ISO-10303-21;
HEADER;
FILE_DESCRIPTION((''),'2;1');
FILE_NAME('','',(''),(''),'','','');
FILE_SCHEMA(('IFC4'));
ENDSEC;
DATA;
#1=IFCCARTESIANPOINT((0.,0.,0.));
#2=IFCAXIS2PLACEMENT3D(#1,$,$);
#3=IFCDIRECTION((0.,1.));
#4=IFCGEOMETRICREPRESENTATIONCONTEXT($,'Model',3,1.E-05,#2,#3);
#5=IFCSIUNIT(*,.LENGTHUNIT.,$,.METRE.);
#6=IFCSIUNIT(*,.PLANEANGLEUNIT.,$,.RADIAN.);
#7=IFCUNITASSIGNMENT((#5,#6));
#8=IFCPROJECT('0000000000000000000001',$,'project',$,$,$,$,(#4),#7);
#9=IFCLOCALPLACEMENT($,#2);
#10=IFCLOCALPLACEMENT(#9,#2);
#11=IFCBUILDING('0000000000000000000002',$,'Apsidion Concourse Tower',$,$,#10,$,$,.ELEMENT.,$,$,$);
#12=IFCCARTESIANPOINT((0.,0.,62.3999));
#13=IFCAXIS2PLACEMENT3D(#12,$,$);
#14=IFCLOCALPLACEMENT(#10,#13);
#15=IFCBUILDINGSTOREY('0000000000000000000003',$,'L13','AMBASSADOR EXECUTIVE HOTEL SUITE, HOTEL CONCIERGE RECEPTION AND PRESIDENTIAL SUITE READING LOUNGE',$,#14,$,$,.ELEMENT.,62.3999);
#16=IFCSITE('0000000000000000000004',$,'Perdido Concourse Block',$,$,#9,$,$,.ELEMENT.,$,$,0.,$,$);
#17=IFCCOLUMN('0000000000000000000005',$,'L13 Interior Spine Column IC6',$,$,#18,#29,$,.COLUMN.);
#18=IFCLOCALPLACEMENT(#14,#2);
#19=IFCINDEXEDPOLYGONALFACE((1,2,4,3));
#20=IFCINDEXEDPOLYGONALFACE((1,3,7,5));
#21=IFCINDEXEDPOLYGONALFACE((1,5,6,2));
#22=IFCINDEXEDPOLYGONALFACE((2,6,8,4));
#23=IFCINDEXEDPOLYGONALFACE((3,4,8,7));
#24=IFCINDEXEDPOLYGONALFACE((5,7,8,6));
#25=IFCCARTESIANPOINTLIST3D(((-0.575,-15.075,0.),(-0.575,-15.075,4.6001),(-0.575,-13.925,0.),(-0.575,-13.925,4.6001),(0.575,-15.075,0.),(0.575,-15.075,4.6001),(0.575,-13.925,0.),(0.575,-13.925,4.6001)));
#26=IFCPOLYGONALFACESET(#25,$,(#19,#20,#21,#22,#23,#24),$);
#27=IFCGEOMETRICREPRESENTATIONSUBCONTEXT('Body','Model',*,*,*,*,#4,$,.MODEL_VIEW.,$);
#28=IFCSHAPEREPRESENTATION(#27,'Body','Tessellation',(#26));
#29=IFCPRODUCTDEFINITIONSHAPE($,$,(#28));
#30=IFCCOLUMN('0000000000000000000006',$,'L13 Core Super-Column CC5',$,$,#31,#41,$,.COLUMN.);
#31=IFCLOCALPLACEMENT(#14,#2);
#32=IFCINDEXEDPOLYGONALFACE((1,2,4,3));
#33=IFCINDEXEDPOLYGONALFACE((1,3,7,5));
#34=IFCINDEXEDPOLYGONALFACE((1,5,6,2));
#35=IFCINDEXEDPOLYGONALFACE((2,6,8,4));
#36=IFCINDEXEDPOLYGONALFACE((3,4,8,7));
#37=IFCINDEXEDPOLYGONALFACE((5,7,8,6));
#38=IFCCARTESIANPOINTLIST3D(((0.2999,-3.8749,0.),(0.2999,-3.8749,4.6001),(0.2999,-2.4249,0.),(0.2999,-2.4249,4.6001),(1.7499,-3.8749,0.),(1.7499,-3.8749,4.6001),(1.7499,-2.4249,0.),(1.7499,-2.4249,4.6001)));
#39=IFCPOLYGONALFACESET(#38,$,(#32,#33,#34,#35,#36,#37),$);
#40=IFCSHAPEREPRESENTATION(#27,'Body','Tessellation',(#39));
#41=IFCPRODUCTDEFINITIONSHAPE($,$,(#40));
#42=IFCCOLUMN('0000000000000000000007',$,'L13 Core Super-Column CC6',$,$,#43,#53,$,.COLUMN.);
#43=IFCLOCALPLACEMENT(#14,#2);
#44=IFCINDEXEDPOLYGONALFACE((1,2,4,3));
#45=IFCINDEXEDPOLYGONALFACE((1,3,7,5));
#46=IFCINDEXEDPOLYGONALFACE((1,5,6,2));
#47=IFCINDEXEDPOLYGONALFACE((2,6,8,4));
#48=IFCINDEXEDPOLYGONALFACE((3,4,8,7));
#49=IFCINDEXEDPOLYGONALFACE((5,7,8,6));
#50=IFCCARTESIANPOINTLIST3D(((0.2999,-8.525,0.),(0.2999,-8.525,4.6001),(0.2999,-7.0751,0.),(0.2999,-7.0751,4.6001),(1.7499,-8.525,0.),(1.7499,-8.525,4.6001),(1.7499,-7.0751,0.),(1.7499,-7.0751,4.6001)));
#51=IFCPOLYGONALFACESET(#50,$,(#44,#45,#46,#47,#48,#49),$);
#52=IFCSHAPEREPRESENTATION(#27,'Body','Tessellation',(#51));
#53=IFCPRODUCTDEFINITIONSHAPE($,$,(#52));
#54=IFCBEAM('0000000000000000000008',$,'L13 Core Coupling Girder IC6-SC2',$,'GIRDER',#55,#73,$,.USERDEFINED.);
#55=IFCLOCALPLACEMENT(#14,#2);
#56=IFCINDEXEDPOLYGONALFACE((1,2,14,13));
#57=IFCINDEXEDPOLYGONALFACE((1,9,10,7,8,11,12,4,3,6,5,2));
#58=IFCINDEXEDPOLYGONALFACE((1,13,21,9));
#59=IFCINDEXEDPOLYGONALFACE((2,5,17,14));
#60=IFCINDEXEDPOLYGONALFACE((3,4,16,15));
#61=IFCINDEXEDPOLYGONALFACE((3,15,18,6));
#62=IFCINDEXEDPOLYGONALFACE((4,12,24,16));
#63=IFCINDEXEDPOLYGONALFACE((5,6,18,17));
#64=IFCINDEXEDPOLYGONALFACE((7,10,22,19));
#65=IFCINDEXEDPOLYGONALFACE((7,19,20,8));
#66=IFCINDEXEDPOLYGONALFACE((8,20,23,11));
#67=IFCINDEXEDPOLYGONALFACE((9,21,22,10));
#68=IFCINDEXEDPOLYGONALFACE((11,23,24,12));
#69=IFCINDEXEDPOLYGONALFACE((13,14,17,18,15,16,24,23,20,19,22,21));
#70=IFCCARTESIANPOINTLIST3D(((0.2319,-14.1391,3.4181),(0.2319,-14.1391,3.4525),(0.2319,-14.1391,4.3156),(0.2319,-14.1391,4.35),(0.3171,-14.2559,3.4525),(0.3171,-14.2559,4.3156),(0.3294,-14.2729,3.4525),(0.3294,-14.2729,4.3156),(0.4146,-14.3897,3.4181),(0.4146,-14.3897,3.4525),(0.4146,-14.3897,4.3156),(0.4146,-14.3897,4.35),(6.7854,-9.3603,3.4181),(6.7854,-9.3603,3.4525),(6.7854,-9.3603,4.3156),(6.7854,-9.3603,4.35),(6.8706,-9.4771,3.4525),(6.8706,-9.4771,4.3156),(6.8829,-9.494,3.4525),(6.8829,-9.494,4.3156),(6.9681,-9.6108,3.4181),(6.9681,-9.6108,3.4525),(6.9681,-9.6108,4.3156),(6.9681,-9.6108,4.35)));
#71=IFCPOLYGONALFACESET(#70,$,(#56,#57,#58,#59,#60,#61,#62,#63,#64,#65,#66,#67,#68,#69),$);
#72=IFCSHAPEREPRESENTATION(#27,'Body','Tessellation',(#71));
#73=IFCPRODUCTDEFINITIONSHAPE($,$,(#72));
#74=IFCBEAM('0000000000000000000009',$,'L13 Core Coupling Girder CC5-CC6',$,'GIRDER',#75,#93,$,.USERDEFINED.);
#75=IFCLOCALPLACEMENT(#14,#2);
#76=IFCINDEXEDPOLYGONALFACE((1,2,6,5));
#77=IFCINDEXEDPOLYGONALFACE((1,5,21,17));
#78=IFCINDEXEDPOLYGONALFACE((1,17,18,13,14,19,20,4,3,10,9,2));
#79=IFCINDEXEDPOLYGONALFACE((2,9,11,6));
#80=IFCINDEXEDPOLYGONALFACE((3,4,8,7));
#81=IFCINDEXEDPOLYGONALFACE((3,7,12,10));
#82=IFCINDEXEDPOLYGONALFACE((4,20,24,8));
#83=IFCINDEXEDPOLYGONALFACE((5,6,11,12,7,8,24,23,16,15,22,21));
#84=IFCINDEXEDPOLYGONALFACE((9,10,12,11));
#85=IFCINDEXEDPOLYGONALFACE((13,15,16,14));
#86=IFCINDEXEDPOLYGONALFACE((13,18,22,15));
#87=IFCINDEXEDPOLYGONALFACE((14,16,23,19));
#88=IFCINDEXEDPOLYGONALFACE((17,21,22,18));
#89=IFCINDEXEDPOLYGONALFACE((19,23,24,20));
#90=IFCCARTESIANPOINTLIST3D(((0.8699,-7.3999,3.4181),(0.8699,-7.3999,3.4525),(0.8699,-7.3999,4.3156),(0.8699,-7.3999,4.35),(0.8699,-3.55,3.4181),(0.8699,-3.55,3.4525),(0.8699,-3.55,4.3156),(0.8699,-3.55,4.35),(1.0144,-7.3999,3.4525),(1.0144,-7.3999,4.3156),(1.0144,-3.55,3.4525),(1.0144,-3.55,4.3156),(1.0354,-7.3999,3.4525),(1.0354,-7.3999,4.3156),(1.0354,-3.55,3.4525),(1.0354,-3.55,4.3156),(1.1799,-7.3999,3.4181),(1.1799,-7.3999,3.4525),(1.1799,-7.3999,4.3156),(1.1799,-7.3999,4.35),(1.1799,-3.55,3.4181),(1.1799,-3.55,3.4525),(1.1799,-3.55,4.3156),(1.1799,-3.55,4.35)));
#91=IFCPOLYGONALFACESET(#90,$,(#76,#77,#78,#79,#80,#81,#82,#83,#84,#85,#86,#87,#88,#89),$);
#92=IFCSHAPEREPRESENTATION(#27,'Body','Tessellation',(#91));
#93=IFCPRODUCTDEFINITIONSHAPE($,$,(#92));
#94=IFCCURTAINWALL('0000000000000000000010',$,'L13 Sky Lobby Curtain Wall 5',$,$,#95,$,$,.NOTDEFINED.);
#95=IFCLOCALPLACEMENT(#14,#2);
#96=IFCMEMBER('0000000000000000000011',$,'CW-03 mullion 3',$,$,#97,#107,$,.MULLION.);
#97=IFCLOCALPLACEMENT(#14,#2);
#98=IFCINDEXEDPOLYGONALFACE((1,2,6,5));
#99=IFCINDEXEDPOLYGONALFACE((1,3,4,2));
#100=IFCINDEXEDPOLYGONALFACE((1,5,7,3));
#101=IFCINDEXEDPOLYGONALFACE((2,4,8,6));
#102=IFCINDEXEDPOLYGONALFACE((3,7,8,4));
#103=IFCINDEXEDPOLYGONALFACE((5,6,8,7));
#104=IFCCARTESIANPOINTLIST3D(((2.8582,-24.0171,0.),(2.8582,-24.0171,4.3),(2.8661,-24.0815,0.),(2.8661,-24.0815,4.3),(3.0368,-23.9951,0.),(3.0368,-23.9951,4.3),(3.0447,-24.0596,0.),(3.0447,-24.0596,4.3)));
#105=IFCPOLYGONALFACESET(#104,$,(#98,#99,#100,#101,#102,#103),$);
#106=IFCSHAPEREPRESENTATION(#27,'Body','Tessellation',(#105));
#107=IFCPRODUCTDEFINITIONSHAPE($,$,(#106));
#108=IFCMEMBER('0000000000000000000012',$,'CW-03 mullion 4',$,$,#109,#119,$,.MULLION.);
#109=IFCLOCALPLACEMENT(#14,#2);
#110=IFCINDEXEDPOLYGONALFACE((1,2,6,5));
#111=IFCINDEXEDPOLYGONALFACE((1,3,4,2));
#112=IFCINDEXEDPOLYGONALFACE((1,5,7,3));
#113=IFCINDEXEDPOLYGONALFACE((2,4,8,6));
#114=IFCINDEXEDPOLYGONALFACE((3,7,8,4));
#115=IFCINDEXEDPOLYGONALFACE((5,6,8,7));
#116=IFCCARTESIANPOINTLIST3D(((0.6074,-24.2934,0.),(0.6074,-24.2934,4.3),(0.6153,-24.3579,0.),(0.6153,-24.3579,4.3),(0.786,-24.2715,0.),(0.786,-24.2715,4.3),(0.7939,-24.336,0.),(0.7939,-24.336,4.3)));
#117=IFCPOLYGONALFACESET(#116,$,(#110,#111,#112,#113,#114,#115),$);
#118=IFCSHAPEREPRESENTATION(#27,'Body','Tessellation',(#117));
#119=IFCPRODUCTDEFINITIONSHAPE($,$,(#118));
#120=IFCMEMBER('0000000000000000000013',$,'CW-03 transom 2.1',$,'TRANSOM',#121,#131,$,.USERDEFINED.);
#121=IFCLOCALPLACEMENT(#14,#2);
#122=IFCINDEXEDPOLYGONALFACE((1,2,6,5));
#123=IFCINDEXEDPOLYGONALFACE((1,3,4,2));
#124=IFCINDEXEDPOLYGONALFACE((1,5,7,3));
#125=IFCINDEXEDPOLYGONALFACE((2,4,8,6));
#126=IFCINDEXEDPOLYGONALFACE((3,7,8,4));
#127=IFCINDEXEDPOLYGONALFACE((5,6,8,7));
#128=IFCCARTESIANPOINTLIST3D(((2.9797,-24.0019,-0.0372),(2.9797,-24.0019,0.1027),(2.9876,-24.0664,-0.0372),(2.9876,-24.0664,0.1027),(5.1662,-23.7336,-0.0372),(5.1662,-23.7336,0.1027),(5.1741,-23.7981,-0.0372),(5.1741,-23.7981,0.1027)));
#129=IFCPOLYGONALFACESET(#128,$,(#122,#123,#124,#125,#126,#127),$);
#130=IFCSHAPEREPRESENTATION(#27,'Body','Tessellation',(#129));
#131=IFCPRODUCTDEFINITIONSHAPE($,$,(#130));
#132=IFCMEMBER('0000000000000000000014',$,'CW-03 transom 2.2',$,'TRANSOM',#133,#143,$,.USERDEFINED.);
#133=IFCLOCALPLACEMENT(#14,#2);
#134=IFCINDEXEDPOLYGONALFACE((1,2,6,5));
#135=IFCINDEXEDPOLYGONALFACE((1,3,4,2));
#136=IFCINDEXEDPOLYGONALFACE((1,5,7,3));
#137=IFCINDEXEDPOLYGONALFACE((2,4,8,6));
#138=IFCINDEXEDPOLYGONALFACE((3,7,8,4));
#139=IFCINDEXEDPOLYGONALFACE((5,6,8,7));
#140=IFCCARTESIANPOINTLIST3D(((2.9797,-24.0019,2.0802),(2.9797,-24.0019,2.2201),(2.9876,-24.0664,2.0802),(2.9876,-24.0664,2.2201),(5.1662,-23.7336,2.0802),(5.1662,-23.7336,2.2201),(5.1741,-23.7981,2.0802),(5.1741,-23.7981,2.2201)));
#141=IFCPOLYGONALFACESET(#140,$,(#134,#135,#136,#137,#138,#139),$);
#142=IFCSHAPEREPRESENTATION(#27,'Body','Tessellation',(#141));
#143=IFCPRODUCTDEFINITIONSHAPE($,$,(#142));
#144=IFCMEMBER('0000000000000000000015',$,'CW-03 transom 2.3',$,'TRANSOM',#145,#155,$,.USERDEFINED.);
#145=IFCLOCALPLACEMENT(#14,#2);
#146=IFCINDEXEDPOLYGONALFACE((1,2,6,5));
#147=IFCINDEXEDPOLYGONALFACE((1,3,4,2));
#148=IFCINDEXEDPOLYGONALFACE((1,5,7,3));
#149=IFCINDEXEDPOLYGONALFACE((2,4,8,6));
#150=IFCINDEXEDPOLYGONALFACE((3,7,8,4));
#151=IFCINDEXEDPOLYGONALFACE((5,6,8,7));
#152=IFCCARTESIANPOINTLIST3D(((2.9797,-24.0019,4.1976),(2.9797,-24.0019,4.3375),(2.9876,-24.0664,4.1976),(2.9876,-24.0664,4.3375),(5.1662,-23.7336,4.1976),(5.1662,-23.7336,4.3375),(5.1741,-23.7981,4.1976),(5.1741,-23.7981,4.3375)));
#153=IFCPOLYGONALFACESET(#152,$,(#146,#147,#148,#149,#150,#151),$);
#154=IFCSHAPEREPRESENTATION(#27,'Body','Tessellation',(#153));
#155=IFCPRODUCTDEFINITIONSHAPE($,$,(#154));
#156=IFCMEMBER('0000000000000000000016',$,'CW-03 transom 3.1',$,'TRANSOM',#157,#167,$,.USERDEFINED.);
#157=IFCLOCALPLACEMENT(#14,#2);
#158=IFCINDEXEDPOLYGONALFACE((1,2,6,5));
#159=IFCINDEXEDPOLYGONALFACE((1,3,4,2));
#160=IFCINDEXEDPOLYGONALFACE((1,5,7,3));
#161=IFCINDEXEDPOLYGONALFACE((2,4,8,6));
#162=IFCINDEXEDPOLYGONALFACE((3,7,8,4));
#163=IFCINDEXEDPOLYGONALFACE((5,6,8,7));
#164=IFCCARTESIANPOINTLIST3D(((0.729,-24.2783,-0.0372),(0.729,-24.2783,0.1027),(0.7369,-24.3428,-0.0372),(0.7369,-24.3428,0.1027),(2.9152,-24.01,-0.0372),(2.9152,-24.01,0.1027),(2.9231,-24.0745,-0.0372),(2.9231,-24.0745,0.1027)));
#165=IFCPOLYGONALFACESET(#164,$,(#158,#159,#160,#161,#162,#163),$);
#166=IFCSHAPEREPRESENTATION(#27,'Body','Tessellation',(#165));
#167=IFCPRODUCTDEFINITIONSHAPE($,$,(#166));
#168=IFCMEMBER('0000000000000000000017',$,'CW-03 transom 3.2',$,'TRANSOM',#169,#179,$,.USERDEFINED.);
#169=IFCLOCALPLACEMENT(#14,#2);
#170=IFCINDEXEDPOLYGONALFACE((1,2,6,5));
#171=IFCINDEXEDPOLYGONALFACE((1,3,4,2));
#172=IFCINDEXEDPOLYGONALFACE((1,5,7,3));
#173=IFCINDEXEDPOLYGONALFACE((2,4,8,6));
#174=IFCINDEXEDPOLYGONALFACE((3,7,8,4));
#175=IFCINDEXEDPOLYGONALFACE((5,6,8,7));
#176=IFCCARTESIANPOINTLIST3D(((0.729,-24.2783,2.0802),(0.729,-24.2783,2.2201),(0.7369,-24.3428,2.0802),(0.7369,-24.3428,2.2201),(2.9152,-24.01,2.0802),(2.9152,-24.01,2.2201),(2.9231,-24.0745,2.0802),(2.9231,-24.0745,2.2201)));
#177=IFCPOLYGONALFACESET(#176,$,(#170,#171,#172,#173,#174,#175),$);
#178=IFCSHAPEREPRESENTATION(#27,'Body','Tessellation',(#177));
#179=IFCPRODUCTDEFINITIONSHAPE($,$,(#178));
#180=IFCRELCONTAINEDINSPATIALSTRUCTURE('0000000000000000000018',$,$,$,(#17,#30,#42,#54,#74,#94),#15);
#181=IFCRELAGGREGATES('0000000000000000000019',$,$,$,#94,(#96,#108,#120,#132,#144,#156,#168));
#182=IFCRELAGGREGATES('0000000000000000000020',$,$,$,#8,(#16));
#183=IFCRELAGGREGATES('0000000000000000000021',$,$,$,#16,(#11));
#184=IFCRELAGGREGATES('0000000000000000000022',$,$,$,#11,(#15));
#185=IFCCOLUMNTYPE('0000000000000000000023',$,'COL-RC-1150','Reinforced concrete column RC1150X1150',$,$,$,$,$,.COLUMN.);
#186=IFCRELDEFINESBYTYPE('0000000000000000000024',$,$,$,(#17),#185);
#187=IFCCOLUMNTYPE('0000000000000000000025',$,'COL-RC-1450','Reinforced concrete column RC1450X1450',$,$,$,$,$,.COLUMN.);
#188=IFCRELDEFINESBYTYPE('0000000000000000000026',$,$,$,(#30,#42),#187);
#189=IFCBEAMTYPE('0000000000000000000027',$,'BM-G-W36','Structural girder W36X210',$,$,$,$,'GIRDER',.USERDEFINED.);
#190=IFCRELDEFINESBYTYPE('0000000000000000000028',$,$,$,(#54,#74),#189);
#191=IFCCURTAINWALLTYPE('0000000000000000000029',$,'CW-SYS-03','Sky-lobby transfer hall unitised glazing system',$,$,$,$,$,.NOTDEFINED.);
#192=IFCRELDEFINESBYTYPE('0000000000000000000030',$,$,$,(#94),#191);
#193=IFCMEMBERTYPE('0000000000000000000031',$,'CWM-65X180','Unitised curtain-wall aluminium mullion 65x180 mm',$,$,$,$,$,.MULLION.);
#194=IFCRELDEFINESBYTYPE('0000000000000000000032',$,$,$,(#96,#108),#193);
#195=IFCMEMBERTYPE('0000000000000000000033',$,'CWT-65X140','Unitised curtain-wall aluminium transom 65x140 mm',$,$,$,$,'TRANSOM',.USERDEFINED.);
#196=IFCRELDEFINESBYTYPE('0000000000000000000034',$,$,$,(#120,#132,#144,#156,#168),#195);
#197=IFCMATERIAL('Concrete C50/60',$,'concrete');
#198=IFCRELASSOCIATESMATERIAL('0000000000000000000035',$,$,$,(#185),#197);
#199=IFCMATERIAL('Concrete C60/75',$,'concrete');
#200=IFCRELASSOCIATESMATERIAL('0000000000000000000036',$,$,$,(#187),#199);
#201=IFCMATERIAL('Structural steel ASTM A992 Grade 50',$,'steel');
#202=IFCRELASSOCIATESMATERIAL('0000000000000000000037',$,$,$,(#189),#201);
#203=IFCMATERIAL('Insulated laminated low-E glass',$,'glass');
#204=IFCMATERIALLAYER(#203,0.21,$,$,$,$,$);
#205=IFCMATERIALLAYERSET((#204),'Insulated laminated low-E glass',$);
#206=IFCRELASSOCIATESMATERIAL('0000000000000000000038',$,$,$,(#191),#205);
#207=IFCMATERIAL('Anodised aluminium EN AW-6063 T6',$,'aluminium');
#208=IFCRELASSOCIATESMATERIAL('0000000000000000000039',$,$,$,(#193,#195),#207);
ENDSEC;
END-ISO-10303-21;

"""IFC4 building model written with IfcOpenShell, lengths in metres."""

from ifc_helpers import new_model, si_unit, direction, frame, origin, origin_2d, place, context, subcontext, project, spatial, rectangle, i_section, extrude, material, layer, layer_set, material_profile, profile_set, type_object, element, aggregate, save


model = new_model("IFC4")

# Units and contexts
model_context = context("Model", 3, precision=1e-05, world=origin(), true_north=direction((0.0, 1.0)))
body_context = subcontext(model_context, "Body", "Model", "MODEL_VIEW")
ifc_project = project(units=[si_unit("LENGTHUNIT", "METRE"), si_unit("PLANEANGLEUNIT", "RADIAN")], contexts=[model_context])

# Site, building, storey
site_placement = place(None, origin())
site = spatial("IfcSite", under=ifc_project, at=site_placement, Name="Perdido Concourse Block", CompositionType="ELEMENT", RefElevation=0.0)
building_placement = place(site_placement, origin())
building = spatial("IfcBuilding", under=site, at=building_placement, Name="Apsidion Concourse Tower", CompositionType="ELEMENT")
storey_placement = place(building_placement, frame((0.0, 0.0, 62.3999)))
storey = spatial("IfcBuildingStorey", under=building, at=storey_placement, Name="L13", Description="AMBASSADOR EXECUTIVE HOTEL SUITE, HOTEL CONCIERGE RECEPTION AND PRESIDENTIAL SUITE READING LOUNGE", CompositionType="ELEMENT", Elevation=62.3999)

# Columns
ifc_material_1 = material(Name="Concrete C50/60", Category="concrete")
ifc_material_profile_1 = material_profile(ifc_material_1, rectangle(XDim=1.1499, YDim=1.1499, at=origin_2d()), Name="RC 1150x1150")
ifc_profile_set_1 = profile_set([ifc_material_profile_1], Name="Concrete C50/60")
column_type_1 = type_object("IfcColumnType", Name="COL-RC-1150", Description="Reinforced concrete column RC1150X1150", PredefinedType="COLUMN", material=ifc_profile_set_1)
column_placement = place(storey_placement, frame((0.0, -14.5, 0.0), z_axis=(0.0, 0.0, 1.0), x_axis=(1.0, 0.0, 0.0)))
element("IfcColumn", 1, at=column_placement, inside=storey, type_object=column_type_1, Name="L13 Interior Spine Column IC6", PredefinedType="COLUMN", context=body_context, shape_type="SweptSolid", body=[
    extrude(rectangle(XDim=1.1499, YDim=1.1499, at=origin_2d()), origin(), (0.0, 0.0, 1.0), 4.6001),
])
ifc_material_2 = material(Name="Concrete C60/75", Category="concrete")
ifc_material_profile_2 = material_profile(ifc_material_2, rectangle(XDim=1.45, YDim=1.45, at=origin_2d()), Name="RC 1450x1450")
ifc_profile_set_2 = profile_set([ifc_material_profile_2], Name="Concrete C60/75")
column_type_2 = type_object("IfcColumnType", Name="COL-RC-1450", Description="Reinforced concrete column RC1450X1450", PredefinedType="COLUMN", material=ifc_profile_set_2)
for number, where, z_axis, x_axis, name in (
    (2, (1.0249, -3.1499, 0.0), (0.0, 0.0, 1.0), (1.0, 0.0, 0.0), "L13 Core Super-Column CC5"),
    (3, (1.0249, -7.8, 0.0), (0.0, 0.0, 1.0), (1.0, 0.0, 0.0), "L13 Core Super-Column CC6"),
):
    element("IfcColumn", number, at=place(storey_placement, frame(where, z_axis=z_axis, x_axis=x_axis)), inside=storey, type_object=column_type_2, Name=name, PredefinedType="COLUMN", context=body_context, shape_type="SweptSolid", body=[
        extrude(rectangle(XDim=1.45, YDim=1.45, at=origin_2d()), origin(), (0.0, 0.0, 1.0), 4.6001),
    ])

# Beams
ifc_material_3 = material(Name="Structural steel ASTM A992 Grade 50", Category="steel")
ifc_material_profile_3 = material_profile(ifc_material_3, i_section(OverallWidth=0.3101, OverallDepth=0.9319, WebThickness=0.021, FlangeThickness=0.0344, at=origin_2d()), Name="W36X210")
ifc_profile_set_3 = profile_set([ifc_material_profile_3], Name="Structural steel ASTM A992 Grade 50")
beam_type = type_object("IfcBeamType", Name="BM-G-W36", Description="Structural girder W36X210", ElementType="GIRDER", PredefinedType="USERDEFINED", material=ifc_profile_set_3)
beam_1_placement = place(storey_placement, frame((0.3232, -14.2644, 3.884), z_axis=(0.807993, 0.589191, 0.0), x_axis=(-0.589191, 0.807993, 0.0)))
element("IfcBeam", 4, at=beam_1_placement, inside=storey, type_object=beam_type, Name="L13 Core Coupling Girder IC6-SC2", ObjectType="GIRDER", PredefinedType="USERDEFINED", context=body_context, shape_type="SweptSolid", body=[
    extrude(i_section(OverallWidth=0.3101, OverallDepth=0.9319, WebThickness=0.021, FlangeThickness=0.0344, at=origin_2d()), origin(), (0.0, 0.0, 1.0), 8.1108),
])
beam_2_placement = place(storey_placement, frame((1.0249, -3.55, 3.884), z_axis=(0.0, -1.0, 0.0), x_axis=(1.0, 0.0, 0.0)))
element("IfcBeam", 5, at=beam_2_placement, inside=storey, type_object=beam_type, Name="L13 Core Coupling Girder CC5-CC6", ObjectType="GIRDER", PredefinedType="USERDEFINED", context=body_context, shape_type="SweptSolid", body=[
    extrude(i_section(OverallWidth=0.3101, OverallDepth=0.9319, WebThickness=0.021, FlangeThickness=0.0344, at=origin_2d()), origin(), (0.0, 0.0, 1.0), 3.8499),
])

# Curtain wall, members
ifc_material_4 = material(Name="Insulated laminated low-E glass", Category="glass")
ifc_layer_1 = layer(ifc_material_4, 0.21)
ifc_layer_set_1 = layer_set([ifc_layer_1], Name="Insulated laminated low-E glass")
curtain_wall_type = type_object("IfcCurtainWallType", Name="CW-SYS-03", Description="Sky-lobby transfer hall unitised glazing system", PredefinedType="NOTDEFINED", material=ifc_layer_set_1)
curtain_wall_placement = place(storey_placement, origin())
curtain_wall = element("IfcCurtainWall", 6, at=curtain_wall_placement, inside=storey, type_object=curtain_wall_type, Name="L13 Sky Lobby Curtain Wall 5", PredefinedType="NOTDEFINED")
ifc_material_5 = material(Name="Anodised aluminium EN AW-6063 T6", Category="aluminium")
ifc_material_profile_4 = material_profile(ifc_material_5, rectangle(XDim=0.0649, YDim=0.1799, at=origin_2d()), Name="ALU MULLION 65x180")
ifc_profile_set_4 = profile_set([ifc_material_profile_4], Name="Anodised aluminium EN AW-6063 T6")
member_type_1 = type_object("IfcMemberType", Name="CWM-65X180", Description="Unitised curtain-wall aluminium mullion 65x180 mm", PredefinedType="MULLION", material=ifc_profile_set_4)
member_1_placement = place(storey_placement, frame((2.9514, -24.0383, 0.0), z_axis=(0.0, 0.0, 1.0), x_axis=(0.121872, -0.992546, 0.0)))
member_1 = element("IfcMember", 7, at=member_1_placement, type_object=member_type_1, Name="CW-03 mullion 3", PredefinedType="MULLION", context=body_context, shape_type="SweptSolid", body=[
    extrude(rectangle(XDim=0.0649, YDim=0.1799, at=origin_2d()), origin(), (0.0, 0.0, 1.0), 4.3),
])
member_2_placement = place(storey_placement, frame((0.7007, -24.3147, 0.0), z_axis=(0.0, 0.0, 1.0), x_axis=(0.121872, -0.992546, 0.0)))
member_2 = element("IfcMember", 8, at=member_2_placement, type_object=member_type_1, Name="CW-03 mullion 4", PredefinedType="MULLION", context=body_context, shape_type="SweptSolid", body=[
    extrude(rectangle(XDim=0.0649, YDim=0.1799, at=origin_2d()), origin(), (0.0, 0.0, 1.0), 4.3),
])
ifc_material_profile_5 = material_profile(ifc_material_5, rectangle(XDim=0.0649, YDim=0.1399, at=origin_2d()), Name="ALU TRANSOM 65x140")
ifc_profile_set_5 = profile_set([ifc_material_profile_5], Name="Anodised aluminium EN AW-6063 T6")
member_type_2 = type_object("IfcMemberType", Name="CWT-65X140", Description="Unitised curtain-wall aluminium transom 65x140 mm", ElementType="TRANSOM", PredefinedType="USERDEFINED", material=ifc_profile_set_5)
member_3_placement = place(storey_placement, frame((5.1702, -23.7659, 0.0327), z_axis=(-0.992555, -0.121797, 0.0), x_axis=(0.121797, -0.992555, 0.0)))
member_3 = element("IfcMember", 9, at=member_3_placement, type_object=member_type_2, Name="CW-03 transom 2.1", ObjectType="TRANSOM", PredefinedType="USERDEFINED", context=body_context, shape_type="SweptSolid", body=[
    extrude(rectangle(XDim=0.0649, YDim=0.1399, at=origin_2d()), origin(), (0.0, 0.0, 1.0), 2.2029),
])
member_4_placement = place(storey_placement, frame((5.1702, -23.7659, 2.1501), z_axis=(-0.992555, -0.121797, 0.0), x_axis=(0.121797, -0.992555, 0.0)))
member_4 = element("IfcMember", 10, at=member_4_placement, type_object=member_type_2, Name="CW-03 transom 2.2", ObjectType="TRANSOM", PredefinedType="USERDEFINED", context=body_context, shape_type="SweptSolid", body=[
    extrude(rectangle(XDim=0.0649, YDim=0.1399, at=origin_2d()), origin(), (0.0, 0.0, 1.0), 2.2029),
])
member_5_placement = place(storey_placement, frame((5.1702, -23.7659, 4.2676), z_axis=(-0.992555, -0.121797, 0.0), x_axis=(0.121797, -0.992555, 0.0)))
member_5 = element("IfcMember", 11, at=member_5_placement, type_object=member_type_2, Name="CW-03 transom 2.3", ObjectType="TRANSOM", PredefinedType="USERDEFINED", context=body_context, shape_type="SweptSolid", body=[
    extrude(rectangle(XDim=0.0649, YDim=0.1399, at=origin_2d()), origin(), (0.0, 0.0, 1.0), 2.2029),
])
member_6_placement = place(storey_placement, frame((2.9192, -24.0422, 0.0327), z_axis=(-0.992553, -0.121811, 0.0), x_axis=(0.121811, -0.992553, 0.0)))
member_6 = element("IfcMember", 12, at=member_6_placement, type_object=member_type_2, Name="CW-03 transom 3.1", ObjectType="TRANSOM", PredefinedType="USERDEFINED", context=body_context, shape_type="SweptSolid", body=[
    extrude(rectangle(XDim=0.0649, YDim=0.1399, at=origin_2d()), origin(), (0.0, 0.0, 1.0), 2.2026),
])
member_7_placement = place(storey_placement, frame((2.9192, -24.0422, 2.1501), z_axis=(-0.992553, -0.121811, 0.0), x_axis=(0.121811, -0.992553, 0.0)))
member_7 = element("IfcMember", 13, at=member_7_placement, type_object=member_type_2, Name="CW-03 transom 3.2", ObjectType="TRANSOM", PredefinedType="USERDEFINED", context=body_context, shape_type="SweptSolid", body=[
    extrude(rectangle(XDim=0.0649, YDim=0.1399, at=origin_2d()), origin(), (0.0, 0.0, 1.0), 2.2026),
])
aggregate(curtain_wall, [member_1, member_2, member_3, member_4, member_5, member_6, member_7])

save(model, "model.ifc")
